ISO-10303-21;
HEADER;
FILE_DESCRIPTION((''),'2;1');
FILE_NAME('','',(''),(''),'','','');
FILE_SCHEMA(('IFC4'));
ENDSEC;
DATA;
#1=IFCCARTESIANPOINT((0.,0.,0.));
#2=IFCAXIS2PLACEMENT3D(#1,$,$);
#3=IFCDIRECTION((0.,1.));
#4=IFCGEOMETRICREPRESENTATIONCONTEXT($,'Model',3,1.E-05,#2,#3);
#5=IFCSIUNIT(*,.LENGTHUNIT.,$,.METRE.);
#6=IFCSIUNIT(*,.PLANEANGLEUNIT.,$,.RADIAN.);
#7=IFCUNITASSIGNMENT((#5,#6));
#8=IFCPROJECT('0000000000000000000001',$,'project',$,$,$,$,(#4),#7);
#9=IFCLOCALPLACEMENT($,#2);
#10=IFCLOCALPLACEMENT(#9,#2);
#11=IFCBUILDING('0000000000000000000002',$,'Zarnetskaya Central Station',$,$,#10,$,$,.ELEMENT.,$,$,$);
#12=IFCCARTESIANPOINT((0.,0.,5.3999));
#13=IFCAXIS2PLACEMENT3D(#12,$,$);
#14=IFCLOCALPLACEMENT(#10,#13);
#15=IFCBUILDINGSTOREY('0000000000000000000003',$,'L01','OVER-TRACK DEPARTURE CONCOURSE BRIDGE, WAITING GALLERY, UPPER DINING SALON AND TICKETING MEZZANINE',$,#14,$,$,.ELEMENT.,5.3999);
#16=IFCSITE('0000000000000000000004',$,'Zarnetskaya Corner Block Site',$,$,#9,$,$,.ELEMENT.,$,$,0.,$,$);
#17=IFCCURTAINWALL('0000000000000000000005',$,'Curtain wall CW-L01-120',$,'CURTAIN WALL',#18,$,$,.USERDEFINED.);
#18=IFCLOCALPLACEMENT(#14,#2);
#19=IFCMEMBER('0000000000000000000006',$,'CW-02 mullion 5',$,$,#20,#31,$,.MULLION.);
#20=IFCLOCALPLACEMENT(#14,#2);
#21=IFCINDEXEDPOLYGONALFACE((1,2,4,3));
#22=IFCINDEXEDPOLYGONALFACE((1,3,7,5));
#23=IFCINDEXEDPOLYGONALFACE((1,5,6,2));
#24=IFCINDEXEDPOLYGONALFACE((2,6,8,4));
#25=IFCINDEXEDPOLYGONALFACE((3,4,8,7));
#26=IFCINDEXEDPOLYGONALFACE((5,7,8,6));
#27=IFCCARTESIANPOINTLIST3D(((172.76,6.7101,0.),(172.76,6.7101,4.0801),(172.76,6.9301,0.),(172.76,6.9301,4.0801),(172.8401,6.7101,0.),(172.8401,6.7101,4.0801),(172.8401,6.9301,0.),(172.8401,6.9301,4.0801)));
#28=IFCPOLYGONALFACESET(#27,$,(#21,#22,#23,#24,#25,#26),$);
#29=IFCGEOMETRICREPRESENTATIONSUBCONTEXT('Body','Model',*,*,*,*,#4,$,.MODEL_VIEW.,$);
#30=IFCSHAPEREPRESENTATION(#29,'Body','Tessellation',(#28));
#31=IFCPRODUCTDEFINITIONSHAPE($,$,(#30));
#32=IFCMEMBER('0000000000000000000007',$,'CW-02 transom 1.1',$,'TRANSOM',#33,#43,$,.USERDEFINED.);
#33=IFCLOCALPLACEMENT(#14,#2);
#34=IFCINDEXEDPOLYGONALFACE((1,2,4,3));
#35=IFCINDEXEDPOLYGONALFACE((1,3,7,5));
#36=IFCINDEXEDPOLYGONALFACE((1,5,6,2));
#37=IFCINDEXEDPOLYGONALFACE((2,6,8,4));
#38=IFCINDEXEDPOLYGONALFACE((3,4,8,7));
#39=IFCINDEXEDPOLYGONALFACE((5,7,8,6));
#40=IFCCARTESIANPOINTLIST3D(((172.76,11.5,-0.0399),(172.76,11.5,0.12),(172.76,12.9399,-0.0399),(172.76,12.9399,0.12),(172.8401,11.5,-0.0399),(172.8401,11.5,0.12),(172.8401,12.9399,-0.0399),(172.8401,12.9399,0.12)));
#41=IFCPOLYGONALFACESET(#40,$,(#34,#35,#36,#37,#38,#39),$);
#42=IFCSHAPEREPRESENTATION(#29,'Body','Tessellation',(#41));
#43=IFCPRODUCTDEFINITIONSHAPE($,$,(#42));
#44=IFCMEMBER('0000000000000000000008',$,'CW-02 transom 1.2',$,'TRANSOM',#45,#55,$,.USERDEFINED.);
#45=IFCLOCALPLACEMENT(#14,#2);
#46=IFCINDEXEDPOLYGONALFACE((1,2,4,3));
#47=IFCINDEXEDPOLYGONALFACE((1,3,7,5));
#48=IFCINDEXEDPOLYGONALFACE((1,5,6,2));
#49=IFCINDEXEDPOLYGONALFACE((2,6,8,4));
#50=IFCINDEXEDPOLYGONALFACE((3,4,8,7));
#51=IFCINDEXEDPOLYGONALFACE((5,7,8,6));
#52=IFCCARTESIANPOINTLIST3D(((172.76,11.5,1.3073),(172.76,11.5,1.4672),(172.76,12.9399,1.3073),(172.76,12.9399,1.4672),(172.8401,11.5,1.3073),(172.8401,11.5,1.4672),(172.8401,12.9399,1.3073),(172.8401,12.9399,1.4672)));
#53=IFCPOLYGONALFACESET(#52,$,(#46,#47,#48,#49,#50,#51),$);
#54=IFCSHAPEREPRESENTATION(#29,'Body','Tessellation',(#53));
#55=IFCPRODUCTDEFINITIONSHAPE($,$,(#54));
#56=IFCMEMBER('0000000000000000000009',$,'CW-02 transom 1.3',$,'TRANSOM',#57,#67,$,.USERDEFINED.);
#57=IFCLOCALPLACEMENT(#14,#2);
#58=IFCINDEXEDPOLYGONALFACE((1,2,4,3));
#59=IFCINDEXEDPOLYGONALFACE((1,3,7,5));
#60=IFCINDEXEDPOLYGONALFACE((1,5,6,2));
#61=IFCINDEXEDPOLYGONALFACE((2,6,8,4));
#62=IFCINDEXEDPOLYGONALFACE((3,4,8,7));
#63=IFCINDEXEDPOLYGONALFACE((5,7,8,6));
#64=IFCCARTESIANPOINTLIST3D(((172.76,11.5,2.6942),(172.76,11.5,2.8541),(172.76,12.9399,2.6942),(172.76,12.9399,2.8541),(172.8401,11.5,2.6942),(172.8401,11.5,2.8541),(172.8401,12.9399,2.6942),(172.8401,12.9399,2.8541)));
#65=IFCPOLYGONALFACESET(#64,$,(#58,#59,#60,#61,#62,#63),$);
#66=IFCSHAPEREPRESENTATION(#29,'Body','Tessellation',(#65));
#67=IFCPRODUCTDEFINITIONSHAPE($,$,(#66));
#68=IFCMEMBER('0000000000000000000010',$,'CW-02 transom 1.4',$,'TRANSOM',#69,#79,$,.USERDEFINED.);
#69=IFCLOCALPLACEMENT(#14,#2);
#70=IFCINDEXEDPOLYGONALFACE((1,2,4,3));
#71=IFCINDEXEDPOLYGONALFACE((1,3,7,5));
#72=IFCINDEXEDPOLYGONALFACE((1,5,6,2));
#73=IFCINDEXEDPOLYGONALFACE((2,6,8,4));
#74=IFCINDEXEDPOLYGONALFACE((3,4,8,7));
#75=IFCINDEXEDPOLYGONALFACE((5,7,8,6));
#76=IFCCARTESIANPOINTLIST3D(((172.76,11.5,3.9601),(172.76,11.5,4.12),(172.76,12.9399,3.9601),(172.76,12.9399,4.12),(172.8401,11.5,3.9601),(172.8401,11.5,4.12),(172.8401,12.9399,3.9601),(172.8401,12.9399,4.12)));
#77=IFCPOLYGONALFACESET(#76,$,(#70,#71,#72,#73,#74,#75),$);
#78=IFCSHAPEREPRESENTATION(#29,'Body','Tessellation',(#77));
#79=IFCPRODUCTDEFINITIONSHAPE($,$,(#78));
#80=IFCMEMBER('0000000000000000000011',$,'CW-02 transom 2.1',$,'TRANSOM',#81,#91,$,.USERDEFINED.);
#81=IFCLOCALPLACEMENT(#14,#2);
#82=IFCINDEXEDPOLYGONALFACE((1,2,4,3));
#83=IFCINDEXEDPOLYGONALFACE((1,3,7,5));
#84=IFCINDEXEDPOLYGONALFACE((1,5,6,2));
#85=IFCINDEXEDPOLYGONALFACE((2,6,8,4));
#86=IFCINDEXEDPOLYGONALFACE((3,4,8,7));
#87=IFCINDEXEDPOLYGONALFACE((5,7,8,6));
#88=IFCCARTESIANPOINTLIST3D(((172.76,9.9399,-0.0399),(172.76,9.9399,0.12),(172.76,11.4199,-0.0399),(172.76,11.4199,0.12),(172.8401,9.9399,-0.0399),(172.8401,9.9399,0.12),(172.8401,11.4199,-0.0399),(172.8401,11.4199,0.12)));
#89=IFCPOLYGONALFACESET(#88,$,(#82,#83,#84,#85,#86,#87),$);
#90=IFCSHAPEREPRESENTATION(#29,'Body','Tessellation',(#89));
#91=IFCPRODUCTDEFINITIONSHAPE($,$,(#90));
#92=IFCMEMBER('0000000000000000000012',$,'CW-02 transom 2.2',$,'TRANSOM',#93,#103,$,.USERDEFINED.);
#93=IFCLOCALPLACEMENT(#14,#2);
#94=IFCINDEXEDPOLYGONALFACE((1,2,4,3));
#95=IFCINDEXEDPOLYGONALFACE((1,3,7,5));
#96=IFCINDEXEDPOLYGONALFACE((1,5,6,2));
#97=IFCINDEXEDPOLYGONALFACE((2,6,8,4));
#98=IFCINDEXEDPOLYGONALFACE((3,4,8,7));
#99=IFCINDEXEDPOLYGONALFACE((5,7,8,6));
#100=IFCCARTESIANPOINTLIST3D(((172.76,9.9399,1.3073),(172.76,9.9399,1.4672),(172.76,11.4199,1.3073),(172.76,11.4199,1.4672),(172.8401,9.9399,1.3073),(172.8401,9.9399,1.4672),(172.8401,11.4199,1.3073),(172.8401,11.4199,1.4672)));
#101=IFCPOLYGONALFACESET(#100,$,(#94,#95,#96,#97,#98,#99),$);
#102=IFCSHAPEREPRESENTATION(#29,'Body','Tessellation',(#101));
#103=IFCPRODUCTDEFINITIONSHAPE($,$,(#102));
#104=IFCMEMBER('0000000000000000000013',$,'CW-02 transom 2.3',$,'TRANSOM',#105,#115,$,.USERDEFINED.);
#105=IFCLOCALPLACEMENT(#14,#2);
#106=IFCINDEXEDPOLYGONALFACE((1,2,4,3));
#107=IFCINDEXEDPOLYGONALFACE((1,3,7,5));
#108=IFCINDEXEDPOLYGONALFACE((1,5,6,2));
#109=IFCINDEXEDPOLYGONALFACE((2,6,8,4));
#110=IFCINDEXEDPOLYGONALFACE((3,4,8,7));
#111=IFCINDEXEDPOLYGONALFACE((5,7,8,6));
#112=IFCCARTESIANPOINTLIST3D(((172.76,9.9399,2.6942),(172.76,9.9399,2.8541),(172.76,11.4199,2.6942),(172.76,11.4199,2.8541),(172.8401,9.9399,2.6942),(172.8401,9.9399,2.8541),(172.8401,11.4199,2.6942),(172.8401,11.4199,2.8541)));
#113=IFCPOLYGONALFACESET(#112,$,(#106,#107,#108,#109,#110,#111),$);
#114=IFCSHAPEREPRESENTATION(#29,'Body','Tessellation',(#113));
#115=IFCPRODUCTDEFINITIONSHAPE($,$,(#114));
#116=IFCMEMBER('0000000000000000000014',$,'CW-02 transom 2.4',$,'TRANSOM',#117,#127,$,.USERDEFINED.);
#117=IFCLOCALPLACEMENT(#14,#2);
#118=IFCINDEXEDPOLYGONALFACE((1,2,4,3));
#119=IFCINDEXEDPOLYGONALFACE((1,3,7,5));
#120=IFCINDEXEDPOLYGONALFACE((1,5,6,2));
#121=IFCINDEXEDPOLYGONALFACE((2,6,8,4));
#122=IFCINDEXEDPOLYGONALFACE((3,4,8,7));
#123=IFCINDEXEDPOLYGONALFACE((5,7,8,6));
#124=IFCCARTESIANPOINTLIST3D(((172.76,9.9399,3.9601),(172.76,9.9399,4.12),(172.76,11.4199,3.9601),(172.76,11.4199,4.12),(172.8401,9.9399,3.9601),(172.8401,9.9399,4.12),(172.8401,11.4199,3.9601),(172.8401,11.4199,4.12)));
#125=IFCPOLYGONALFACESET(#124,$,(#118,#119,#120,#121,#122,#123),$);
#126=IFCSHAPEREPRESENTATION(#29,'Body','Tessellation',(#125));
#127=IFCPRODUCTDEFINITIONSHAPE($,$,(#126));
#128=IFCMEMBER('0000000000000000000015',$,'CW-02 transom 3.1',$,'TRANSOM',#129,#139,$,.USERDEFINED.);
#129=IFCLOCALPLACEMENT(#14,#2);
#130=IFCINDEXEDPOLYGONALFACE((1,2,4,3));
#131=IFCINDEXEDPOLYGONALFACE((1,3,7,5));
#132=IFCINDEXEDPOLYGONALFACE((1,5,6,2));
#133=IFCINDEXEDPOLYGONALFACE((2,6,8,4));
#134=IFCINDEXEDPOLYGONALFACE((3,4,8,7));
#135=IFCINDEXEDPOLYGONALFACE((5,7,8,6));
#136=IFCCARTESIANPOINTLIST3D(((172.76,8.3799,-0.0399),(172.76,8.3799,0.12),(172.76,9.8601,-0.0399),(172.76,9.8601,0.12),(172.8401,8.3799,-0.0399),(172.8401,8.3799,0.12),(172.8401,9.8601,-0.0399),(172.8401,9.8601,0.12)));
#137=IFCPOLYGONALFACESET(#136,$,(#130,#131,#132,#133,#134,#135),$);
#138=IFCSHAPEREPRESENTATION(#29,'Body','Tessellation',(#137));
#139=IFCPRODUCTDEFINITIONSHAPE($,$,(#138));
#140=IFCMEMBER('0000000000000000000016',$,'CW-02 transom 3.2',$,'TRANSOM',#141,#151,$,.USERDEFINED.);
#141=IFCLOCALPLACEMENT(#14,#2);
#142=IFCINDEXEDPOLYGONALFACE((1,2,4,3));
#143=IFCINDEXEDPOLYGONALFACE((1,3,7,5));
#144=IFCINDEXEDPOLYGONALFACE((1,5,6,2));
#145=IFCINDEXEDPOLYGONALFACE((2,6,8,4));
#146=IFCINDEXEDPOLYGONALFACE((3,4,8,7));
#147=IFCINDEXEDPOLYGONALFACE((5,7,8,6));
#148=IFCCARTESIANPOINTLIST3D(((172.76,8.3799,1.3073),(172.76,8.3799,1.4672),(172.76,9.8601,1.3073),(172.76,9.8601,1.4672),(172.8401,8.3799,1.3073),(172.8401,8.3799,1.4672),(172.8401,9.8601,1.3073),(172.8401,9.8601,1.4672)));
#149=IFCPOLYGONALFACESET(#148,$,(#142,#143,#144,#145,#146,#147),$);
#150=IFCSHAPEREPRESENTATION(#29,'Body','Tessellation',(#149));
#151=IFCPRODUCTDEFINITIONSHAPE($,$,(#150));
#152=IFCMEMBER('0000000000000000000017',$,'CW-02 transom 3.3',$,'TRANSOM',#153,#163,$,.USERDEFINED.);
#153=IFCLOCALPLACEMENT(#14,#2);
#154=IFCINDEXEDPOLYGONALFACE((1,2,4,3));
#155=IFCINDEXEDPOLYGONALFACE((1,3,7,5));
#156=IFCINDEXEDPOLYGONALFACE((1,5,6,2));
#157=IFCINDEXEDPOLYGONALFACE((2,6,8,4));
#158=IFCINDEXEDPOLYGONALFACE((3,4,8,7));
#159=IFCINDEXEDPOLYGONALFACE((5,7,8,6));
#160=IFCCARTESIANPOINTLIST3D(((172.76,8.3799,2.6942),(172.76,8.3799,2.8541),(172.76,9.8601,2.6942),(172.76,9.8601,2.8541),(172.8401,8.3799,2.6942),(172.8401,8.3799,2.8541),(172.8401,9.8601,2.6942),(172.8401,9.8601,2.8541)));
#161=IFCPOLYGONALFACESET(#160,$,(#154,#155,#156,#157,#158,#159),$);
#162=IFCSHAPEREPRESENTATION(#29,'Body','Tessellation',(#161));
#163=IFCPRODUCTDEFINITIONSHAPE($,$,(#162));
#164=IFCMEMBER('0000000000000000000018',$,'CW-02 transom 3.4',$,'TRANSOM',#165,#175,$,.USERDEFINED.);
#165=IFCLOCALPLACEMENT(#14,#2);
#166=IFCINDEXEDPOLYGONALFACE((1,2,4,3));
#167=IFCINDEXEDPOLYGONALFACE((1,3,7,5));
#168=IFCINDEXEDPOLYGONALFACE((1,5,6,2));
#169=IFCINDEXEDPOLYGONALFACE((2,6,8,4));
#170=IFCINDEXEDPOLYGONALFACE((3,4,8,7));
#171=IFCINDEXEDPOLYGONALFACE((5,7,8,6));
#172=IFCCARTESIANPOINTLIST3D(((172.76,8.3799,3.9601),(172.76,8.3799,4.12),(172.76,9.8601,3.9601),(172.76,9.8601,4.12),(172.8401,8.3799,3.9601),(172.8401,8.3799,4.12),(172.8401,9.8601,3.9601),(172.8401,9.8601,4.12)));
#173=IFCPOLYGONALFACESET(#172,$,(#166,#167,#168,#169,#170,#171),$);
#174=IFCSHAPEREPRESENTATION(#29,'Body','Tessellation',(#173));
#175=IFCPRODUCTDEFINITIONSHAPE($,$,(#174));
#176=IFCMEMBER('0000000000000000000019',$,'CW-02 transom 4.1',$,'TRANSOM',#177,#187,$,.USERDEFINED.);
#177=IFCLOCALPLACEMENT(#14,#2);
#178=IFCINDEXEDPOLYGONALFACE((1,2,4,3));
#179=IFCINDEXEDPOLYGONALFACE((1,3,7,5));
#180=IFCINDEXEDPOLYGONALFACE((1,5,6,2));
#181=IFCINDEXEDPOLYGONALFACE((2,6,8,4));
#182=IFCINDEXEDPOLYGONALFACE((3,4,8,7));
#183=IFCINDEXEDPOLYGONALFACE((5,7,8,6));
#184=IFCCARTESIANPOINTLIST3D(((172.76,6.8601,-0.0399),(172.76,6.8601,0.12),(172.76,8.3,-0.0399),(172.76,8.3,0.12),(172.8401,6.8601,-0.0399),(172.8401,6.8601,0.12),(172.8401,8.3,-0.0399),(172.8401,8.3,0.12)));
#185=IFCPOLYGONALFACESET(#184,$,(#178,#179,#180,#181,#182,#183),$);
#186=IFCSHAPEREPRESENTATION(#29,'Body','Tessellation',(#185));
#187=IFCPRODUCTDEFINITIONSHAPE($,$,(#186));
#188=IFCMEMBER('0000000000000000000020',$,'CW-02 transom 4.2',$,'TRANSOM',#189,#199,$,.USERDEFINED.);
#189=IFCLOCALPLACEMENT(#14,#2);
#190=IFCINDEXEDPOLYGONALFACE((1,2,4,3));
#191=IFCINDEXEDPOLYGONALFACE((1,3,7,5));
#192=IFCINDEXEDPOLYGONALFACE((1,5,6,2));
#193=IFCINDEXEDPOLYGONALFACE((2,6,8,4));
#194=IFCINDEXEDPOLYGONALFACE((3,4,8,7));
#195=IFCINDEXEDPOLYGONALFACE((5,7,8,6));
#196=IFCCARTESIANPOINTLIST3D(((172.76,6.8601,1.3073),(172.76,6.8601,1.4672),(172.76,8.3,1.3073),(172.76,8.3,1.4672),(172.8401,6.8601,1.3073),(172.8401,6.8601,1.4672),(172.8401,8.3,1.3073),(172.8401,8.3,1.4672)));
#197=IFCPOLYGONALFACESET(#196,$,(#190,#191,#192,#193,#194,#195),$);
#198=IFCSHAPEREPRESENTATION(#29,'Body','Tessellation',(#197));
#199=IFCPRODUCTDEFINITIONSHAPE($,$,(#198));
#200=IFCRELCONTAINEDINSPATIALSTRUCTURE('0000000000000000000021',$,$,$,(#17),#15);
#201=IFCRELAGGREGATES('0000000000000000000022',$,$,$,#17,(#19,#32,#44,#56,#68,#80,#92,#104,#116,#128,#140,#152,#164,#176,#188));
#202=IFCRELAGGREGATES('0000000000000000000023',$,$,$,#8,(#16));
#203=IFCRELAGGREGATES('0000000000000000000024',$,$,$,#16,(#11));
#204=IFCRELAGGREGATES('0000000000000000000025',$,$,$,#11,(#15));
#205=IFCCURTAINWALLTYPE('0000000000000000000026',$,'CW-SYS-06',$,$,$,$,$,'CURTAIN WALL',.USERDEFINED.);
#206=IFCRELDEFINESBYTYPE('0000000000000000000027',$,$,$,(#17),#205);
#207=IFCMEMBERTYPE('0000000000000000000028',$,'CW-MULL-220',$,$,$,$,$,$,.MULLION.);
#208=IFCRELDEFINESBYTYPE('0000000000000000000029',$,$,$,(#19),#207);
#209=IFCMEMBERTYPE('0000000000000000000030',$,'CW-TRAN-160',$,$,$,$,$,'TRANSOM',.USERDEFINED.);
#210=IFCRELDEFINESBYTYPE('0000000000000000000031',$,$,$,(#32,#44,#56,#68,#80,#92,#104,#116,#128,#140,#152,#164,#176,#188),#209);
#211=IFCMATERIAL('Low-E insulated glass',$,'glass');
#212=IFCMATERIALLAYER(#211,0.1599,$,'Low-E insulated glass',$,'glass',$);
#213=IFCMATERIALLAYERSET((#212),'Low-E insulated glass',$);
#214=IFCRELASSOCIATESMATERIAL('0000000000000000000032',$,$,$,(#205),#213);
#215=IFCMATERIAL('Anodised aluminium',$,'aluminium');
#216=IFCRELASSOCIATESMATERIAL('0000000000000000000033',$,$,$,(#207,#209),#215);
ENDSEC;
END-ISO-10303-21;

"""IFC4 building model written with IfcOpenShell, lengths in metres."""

from ifc_helpers import new_model, si_unit, direction, frame, origin, origin_2d, place, context, subcontext, project, spatial, rectangle, extrude, material, layer, layer_set, material_profile, profile_set, type_object, element, aggregate, save


model = new_model("IFC4")

# Units and contexts
model_context = context("Model", 3, precision=1e-05, world=origin(), true_north=direction((0.0, 1.0)))
body_context = subcontext(model_context, "Body", "Model", "MODEL_VIEW")
ifc_project = project(units=[si_unit("LENGTHUNIT", "METRE"), si_unit("PLANEANGLEUNIT", "RADIAN")], contexts=[model_context])

# Site, building, storey
site_placement = place(None, origin())
site = spatial("IfcSite", under=ifc_project, at=site_placement, Name="Zarnetskaya Corner Block Site", CompositionType="ELEMENT", RefElevation=0.0)
building_placement = place(site_placement, origin())
building = spatial("IfcBuilding", under=site, at=building_placement, Name="Zarnetskaya Central Station", CompositionType="ELEMENT")
storey_placement = place(building_placement, frame((0.0, 0.0, 5.3999)))
storey = spatial("IfcBuildingStorey", under=building, at=storey_placement, Name="L01", Description="OVER-TRACK DEPARTURE CONCOURSE BRIDGE, WAITING GALLERY, UPPER DINING SALON AND TICKETING MEZZANINE", CompositionType="ELEMENT", Elevation=5.3999)

# Curtain wall, members
ifc_material_1 = material(Name="Low-E insulated glass", Category="glass")
ifc_layer_1 = layer(ifc_material_1, 0.1599, Name="Low-E insulated glass", Category="glass")
ifc_layer_set_1 = layer_set([ifc_layer_1], Name="Low-E insulated glass")
curtain_wall_type = type_object("IfcCurtainWallType", Name="CW-SYS-06", ElementType="CURTAIN WALL", PredefinedType="USERDEFINED", material=ifc_layer_set_1)
curtain_wall_placement = place(storey_placement, origin())
curtain_wall = element("IfcCurtainWall", 1, at=curtain_wall_placement, inside=storey, type_object=curtain_wall_type, Name="Curtain wall CW-L01-120", ObjectType="CURTAIN WALL", PredefinedType="USERDEFINED")
ifc_material_2 = material(Name="Anodised aluminium", Category="aluminium")
ifc_material_profile_1 = material_profile(ifc_material_2, rectangle(XDim=0.0801, YDim=0.22, at=origin_2d()), Name="ALU MULL 80x220")
ifc_profile_set_1 = profile_set([ifc_material_profile_1], Name="Anodised aluminium")
member_type_1 = type_object("IfcMemberType", Name="CW-MULL-220", PredefinedType="MULLION", material=ifc_profile_set_1)
member_1_placement = place(storey_placement, frame((172.8, 6.8201, 0.0), z_axis=(0.0, 0.0, 1.0), x_axis=(1.0, 0.0, 0.0)))
member_1 = element("IfcMember", 2, at=member_1_placement, type_object=member_type_1, Name="CW-02 mullion 5", PredefinedType="MULLION", context=body_context, shape_type="SweptSolid", body=[
    extrude(rectangle(XDim=0.0801, YDim=0.22, at=origin_2d()), origin(), (0.0, 0.0, 1.0), 4.0801),
])
ifc_material_profile_2 = material_profile(ifc_material_2, rectangle(XDim=0.0801, YDim=0.1599, at=origin_2d()), Name="ALU TRAN 80x160")
ifc_profile_set_2 = profile_set([ifc_material_profile_2], Name="Anodised aluminium")
member_type_2 = type_object("IfcMemberType", Name="CW-TRAN-160", ElementType="TRANSOM", PredefinedType="USERDEFINED", material=ifc_profile_set_2)
member_2_placement = place(storey_placement, frame((172.8, 12.9399, 0.04), z_axis=(0.0, -1.0, 0.0), x_axis=(1.0, 0.0, 0.0)))
member_2 = element("IfcMember", 3, at=member_2_placement, type_object=member_type_2, Name="CW-02 transom 1.1", ObjectType="TRANSOM", PredefinedType="USERDEFINED", context=body_context, shape_type="SweptSolid", body=[
    extrude(rectangle(XDim=0.0801, YDim=0.1599, at=origin_2d()), origin(), (0.0, 0.0, 1.0), 1.4399),
])
member_3_placement = place(storey_placement, frame((172.8, 12.9399, 1.3872), z_axis=(0.0, -1.0, 0.0), x_axis=(1.0, 0.0, 0.0)))
member_3 = element("IfcMember", 4, at=member_3_placement, type_object=member_type_2, Name="CW-02 transom 1.2", ObjectType="TRANSOM", PredefinedType="USERDEFINED", context=body_context, shape_type="SweptSolid", body=[
    extrude(rectangle(XDim=0.0801, YDim=0.1599, at=origin_2d()), origin(), (0.0, 0.0, 1.0), 1.4399),
])
member_4_placement = place(storey_placement, frame((172.8, 12.9399, 2.7742), z_axis=(0.0, -1.0, 0.0), x_axis=(1.0, 0.0, 0.0)))
member_4 = element("IfcMember", 5, at=member_4_placement, type_object=member_type_2, Name="CW-02 transom 1.3", ObjectType="TRANSOM", PredefinedType="USERDEFINED", context=body_context, shape_type="SweptSolid", body=[
    extrude(rectangle(XDim=0.0801, YDim=0.1599, at=origin_2d()), origin(), (0.0, 0.0, 1.0), 1.4399),
])
member_5_placement = place(storey_placement, frame((172.8, 12.9399, 4.04), z_axis=(0.0, -1.0, 0.0), x_axis=(1.0, 0.0, 0.0)))
member_5 = element("IfcMember", 6, at=member_5_placement, type_object=member_type_2, Name="CW-02 transom 1.4", ObjectType="TRANSOM", PredefinedType="USERDEFINED", context=body_context, shape_type="SweptSolid", body=[
    extrude(rectangle(XDim=0.0801, YDim=0.1599, at=origin_2d()), origin(), (0.0, 0.0, 1.0), 1.4399),
])
member_6_placement = place(storey_placement, frame((172.8, 11.4199, 0.04), z_axis=(0.0, -1.0, 0.0), x_axis=(1.0, 0.0, 0.0)))
member_6 = element("IfcMember", 7, at=member_6_placement, type_object=member_type_2, Name="CW-02 transom 2.1", ObjectType="TRANSOM", PredefinedType="USERDEFINED", context=body_context, shape_type="SweptSolid", body=[
    extrude(rectangle(XDim=0.0801, YDim=0.1599, at=origin_2d()), origin(), (0.0, 0.0, 1.0), 1.48),
])
member_7_placement = place(storey_placement, frame((172.8, 11.4199, 1.3872), z_axis=(0.0, -1.0, 0.0), x_axis=(1.0, 0.0, 0.0)))
member_7 = element("IfcMember", 8, at=member_7_placement, type_object=member_type_2, Name="CW-02 transom 2.2", ObjectType="TRANSOM", PredefinedType="USERDEFINED", context=body_context, shape_type="SweptSolid", body=[
    extrude(rectangle(XDim=0.0801, YDim=0.1599, at=origin_2d()), origin(), (0.0, 0.0, 1.0), 1.48),
])
member_8_placement = place(storey_placement, frame((172.8, 11.4199, 2.7742), z_axis=(0.0, -1.0, 0.0), x_axis=(1.0, 0.0, 0.0)))
member_8 = element("IfcMember", 9, at=member_8_placement, type_object=member_type_2, Name="CW-02 transom 2.3", ObjectType="TRANSOM", PredefinedType="USERDEFINED", context=body_context, shape_type="SweptSolid", body=[
    extrude(rectangle(XDim=0.0801, YDim=0.1599, at=origin_2d()), origin(), (0.0, 0.0, 1.0), 1.48),
])
member_9_placement = place(storey_placement, frame((172.8, 11.4199, 4.04), z_axis=(0.0, -1.0, 0.0), x_axis=(1.0, 0.0, 0.0)))
member_9 = element("IfcMember", 10, at=member_9_placement, type_object=member_type_2, Name="CW-02 transom 2.4", ObjectType="TRANSOM", PredefinedType="USERDEFINED", context=body_context, shape_type="SweptSolid", body=[
    extrude(rectangle(XDim=0.0801, YDim=0.1599, at=origin_2d()), origin(), (0.0, 0.0, 1.0), 1.48),
])
member_10_placement = place(storey_placement, frame((172.8, 9.8601, 0.04), z_axis=(0.0, -1.0, 0.0), x_axis=(1.0, 0.0, 0.0)))
member_10 = element("IfcMember", 11, at=member_10_placement, type_object=member_type_2, Name="CW-02 transom 3.1", ObjectType="TRANSOM", PredefinedType="USERDEFINED", context=body_context, shape_type="SweptSolid", body=[
    extrude(rectangle(XDim=0.0801, YDim=0.1599, at=origin_2d()), origin(), (0.0, 0.0, 1.0), 1.4802),
])
member_11_placement = place(storey_placement, frame((172.8, 9.8601, 1.3872), z_axis=(0.0, -1.0, 0.0), x_axis=(1.0, 0.0, 0.0)))
member_11 = element("IfcMember", 12, at=member_11_placement, type_object=member_type_2, Name="CW-02 transom 3.2", ObjectType="TRANSOM", PredefinedType="USERDEFINED", context=body_context, shape_type="SweptSolid", body=[
    extrude(rectangle(XDim=0.0801, YDim=0.1599, at=origin_2d()), origin(), (0.0, 0.0, 1.0), 1.4802),
])
member_12_placement = place(storey_placement, frame((172.8, 9.8601, 2.7742), z_axis=(0.0, -1.0, 0.0), x_axis=(1.0, 0.0, 0.0)))
member_12 = element("IfcMember", 13, at=member_12_placement, type_object=member_type_2, Name="CW-02 transom 3.3", ObjectType="TRANSOM", PredefinedType="USERDEFINED", context=body_context, shape_type="SweptSolid", body=[
    extrude(rectangle(XDim=0.0801, YDim=0.1599, at=origin_2d()), origin(), (0.0, 0.0, 1.0), 1.4802),
])
member_13_placement = place(storey_placement, frame((172.8, 9.8601, 4.04), z_axis=(0.0, -1.0, 0.0), x_axis=(1.0, 0.0, 0.0)))
member_13 = element("IfcMember", 14, at=member_13_placement, type_object=member_type_2, Name="CW-02 transom 3.4", ObjectType="TRANSOM", PredefinedType="USERDEFINED", context=body_context, shape_type="SweptSolid", body=[
    extrude(rectangle(XDim=0.0801, YDim=0.1599, at=origin_2d()), origin(), (0.0, 0.0, 1.0), 1.4802),
])
member_14_placement = place(storey_placement, frame((172.8, 8.3, 0.04), z_axis=(0.0, -1.0, 0.0), x_axis=(1.0, 0.0, 0.0)))
member_14 = element("IfcMember", 15, at=member_14_placement, type_object=member_type_2, Name="CW-02 transom 4.1", ObjectType="TRANSOM", PredefinedType="USERDEFINED", context=body_context, shape_type="SweptSolid", body=[
    extrude(rectangle(XDim=0.0801, YDim=0.1599, at=origin_2d()), origin(), (0.0, 0.0, 1.0), 1.4399),
])
member_15_placement = place(storey_placement, frame((172.8, 8.3, 1.3872), z_axis=(0.0, -1.0, 0.0), x_axis=(1.0, 0.0, 0.0)))
member_15 = element("IfcMember", 16, at=member_15_placement, type_object=member_type_2, Name="CW-02 transom 4.2", ObjectType="TRANSOM", PredefinedType="USERDEFINED", context=body_context, shape_type="SweptSolid", body=[
    extrude(rectangle(XDim=0.0801, YDim=0.1599, at=origin_2d()), origin(), (0.0, 0.0, 1.0), 1.4399),
])

aggregate(curtain_wall, [member_1, member_2, member_3, member_4, member_5, member_6, member_7, member_8, member_9, member_10, member_11, member_12, member_13, member_14, member_15])

save(model, "model.ifc")
